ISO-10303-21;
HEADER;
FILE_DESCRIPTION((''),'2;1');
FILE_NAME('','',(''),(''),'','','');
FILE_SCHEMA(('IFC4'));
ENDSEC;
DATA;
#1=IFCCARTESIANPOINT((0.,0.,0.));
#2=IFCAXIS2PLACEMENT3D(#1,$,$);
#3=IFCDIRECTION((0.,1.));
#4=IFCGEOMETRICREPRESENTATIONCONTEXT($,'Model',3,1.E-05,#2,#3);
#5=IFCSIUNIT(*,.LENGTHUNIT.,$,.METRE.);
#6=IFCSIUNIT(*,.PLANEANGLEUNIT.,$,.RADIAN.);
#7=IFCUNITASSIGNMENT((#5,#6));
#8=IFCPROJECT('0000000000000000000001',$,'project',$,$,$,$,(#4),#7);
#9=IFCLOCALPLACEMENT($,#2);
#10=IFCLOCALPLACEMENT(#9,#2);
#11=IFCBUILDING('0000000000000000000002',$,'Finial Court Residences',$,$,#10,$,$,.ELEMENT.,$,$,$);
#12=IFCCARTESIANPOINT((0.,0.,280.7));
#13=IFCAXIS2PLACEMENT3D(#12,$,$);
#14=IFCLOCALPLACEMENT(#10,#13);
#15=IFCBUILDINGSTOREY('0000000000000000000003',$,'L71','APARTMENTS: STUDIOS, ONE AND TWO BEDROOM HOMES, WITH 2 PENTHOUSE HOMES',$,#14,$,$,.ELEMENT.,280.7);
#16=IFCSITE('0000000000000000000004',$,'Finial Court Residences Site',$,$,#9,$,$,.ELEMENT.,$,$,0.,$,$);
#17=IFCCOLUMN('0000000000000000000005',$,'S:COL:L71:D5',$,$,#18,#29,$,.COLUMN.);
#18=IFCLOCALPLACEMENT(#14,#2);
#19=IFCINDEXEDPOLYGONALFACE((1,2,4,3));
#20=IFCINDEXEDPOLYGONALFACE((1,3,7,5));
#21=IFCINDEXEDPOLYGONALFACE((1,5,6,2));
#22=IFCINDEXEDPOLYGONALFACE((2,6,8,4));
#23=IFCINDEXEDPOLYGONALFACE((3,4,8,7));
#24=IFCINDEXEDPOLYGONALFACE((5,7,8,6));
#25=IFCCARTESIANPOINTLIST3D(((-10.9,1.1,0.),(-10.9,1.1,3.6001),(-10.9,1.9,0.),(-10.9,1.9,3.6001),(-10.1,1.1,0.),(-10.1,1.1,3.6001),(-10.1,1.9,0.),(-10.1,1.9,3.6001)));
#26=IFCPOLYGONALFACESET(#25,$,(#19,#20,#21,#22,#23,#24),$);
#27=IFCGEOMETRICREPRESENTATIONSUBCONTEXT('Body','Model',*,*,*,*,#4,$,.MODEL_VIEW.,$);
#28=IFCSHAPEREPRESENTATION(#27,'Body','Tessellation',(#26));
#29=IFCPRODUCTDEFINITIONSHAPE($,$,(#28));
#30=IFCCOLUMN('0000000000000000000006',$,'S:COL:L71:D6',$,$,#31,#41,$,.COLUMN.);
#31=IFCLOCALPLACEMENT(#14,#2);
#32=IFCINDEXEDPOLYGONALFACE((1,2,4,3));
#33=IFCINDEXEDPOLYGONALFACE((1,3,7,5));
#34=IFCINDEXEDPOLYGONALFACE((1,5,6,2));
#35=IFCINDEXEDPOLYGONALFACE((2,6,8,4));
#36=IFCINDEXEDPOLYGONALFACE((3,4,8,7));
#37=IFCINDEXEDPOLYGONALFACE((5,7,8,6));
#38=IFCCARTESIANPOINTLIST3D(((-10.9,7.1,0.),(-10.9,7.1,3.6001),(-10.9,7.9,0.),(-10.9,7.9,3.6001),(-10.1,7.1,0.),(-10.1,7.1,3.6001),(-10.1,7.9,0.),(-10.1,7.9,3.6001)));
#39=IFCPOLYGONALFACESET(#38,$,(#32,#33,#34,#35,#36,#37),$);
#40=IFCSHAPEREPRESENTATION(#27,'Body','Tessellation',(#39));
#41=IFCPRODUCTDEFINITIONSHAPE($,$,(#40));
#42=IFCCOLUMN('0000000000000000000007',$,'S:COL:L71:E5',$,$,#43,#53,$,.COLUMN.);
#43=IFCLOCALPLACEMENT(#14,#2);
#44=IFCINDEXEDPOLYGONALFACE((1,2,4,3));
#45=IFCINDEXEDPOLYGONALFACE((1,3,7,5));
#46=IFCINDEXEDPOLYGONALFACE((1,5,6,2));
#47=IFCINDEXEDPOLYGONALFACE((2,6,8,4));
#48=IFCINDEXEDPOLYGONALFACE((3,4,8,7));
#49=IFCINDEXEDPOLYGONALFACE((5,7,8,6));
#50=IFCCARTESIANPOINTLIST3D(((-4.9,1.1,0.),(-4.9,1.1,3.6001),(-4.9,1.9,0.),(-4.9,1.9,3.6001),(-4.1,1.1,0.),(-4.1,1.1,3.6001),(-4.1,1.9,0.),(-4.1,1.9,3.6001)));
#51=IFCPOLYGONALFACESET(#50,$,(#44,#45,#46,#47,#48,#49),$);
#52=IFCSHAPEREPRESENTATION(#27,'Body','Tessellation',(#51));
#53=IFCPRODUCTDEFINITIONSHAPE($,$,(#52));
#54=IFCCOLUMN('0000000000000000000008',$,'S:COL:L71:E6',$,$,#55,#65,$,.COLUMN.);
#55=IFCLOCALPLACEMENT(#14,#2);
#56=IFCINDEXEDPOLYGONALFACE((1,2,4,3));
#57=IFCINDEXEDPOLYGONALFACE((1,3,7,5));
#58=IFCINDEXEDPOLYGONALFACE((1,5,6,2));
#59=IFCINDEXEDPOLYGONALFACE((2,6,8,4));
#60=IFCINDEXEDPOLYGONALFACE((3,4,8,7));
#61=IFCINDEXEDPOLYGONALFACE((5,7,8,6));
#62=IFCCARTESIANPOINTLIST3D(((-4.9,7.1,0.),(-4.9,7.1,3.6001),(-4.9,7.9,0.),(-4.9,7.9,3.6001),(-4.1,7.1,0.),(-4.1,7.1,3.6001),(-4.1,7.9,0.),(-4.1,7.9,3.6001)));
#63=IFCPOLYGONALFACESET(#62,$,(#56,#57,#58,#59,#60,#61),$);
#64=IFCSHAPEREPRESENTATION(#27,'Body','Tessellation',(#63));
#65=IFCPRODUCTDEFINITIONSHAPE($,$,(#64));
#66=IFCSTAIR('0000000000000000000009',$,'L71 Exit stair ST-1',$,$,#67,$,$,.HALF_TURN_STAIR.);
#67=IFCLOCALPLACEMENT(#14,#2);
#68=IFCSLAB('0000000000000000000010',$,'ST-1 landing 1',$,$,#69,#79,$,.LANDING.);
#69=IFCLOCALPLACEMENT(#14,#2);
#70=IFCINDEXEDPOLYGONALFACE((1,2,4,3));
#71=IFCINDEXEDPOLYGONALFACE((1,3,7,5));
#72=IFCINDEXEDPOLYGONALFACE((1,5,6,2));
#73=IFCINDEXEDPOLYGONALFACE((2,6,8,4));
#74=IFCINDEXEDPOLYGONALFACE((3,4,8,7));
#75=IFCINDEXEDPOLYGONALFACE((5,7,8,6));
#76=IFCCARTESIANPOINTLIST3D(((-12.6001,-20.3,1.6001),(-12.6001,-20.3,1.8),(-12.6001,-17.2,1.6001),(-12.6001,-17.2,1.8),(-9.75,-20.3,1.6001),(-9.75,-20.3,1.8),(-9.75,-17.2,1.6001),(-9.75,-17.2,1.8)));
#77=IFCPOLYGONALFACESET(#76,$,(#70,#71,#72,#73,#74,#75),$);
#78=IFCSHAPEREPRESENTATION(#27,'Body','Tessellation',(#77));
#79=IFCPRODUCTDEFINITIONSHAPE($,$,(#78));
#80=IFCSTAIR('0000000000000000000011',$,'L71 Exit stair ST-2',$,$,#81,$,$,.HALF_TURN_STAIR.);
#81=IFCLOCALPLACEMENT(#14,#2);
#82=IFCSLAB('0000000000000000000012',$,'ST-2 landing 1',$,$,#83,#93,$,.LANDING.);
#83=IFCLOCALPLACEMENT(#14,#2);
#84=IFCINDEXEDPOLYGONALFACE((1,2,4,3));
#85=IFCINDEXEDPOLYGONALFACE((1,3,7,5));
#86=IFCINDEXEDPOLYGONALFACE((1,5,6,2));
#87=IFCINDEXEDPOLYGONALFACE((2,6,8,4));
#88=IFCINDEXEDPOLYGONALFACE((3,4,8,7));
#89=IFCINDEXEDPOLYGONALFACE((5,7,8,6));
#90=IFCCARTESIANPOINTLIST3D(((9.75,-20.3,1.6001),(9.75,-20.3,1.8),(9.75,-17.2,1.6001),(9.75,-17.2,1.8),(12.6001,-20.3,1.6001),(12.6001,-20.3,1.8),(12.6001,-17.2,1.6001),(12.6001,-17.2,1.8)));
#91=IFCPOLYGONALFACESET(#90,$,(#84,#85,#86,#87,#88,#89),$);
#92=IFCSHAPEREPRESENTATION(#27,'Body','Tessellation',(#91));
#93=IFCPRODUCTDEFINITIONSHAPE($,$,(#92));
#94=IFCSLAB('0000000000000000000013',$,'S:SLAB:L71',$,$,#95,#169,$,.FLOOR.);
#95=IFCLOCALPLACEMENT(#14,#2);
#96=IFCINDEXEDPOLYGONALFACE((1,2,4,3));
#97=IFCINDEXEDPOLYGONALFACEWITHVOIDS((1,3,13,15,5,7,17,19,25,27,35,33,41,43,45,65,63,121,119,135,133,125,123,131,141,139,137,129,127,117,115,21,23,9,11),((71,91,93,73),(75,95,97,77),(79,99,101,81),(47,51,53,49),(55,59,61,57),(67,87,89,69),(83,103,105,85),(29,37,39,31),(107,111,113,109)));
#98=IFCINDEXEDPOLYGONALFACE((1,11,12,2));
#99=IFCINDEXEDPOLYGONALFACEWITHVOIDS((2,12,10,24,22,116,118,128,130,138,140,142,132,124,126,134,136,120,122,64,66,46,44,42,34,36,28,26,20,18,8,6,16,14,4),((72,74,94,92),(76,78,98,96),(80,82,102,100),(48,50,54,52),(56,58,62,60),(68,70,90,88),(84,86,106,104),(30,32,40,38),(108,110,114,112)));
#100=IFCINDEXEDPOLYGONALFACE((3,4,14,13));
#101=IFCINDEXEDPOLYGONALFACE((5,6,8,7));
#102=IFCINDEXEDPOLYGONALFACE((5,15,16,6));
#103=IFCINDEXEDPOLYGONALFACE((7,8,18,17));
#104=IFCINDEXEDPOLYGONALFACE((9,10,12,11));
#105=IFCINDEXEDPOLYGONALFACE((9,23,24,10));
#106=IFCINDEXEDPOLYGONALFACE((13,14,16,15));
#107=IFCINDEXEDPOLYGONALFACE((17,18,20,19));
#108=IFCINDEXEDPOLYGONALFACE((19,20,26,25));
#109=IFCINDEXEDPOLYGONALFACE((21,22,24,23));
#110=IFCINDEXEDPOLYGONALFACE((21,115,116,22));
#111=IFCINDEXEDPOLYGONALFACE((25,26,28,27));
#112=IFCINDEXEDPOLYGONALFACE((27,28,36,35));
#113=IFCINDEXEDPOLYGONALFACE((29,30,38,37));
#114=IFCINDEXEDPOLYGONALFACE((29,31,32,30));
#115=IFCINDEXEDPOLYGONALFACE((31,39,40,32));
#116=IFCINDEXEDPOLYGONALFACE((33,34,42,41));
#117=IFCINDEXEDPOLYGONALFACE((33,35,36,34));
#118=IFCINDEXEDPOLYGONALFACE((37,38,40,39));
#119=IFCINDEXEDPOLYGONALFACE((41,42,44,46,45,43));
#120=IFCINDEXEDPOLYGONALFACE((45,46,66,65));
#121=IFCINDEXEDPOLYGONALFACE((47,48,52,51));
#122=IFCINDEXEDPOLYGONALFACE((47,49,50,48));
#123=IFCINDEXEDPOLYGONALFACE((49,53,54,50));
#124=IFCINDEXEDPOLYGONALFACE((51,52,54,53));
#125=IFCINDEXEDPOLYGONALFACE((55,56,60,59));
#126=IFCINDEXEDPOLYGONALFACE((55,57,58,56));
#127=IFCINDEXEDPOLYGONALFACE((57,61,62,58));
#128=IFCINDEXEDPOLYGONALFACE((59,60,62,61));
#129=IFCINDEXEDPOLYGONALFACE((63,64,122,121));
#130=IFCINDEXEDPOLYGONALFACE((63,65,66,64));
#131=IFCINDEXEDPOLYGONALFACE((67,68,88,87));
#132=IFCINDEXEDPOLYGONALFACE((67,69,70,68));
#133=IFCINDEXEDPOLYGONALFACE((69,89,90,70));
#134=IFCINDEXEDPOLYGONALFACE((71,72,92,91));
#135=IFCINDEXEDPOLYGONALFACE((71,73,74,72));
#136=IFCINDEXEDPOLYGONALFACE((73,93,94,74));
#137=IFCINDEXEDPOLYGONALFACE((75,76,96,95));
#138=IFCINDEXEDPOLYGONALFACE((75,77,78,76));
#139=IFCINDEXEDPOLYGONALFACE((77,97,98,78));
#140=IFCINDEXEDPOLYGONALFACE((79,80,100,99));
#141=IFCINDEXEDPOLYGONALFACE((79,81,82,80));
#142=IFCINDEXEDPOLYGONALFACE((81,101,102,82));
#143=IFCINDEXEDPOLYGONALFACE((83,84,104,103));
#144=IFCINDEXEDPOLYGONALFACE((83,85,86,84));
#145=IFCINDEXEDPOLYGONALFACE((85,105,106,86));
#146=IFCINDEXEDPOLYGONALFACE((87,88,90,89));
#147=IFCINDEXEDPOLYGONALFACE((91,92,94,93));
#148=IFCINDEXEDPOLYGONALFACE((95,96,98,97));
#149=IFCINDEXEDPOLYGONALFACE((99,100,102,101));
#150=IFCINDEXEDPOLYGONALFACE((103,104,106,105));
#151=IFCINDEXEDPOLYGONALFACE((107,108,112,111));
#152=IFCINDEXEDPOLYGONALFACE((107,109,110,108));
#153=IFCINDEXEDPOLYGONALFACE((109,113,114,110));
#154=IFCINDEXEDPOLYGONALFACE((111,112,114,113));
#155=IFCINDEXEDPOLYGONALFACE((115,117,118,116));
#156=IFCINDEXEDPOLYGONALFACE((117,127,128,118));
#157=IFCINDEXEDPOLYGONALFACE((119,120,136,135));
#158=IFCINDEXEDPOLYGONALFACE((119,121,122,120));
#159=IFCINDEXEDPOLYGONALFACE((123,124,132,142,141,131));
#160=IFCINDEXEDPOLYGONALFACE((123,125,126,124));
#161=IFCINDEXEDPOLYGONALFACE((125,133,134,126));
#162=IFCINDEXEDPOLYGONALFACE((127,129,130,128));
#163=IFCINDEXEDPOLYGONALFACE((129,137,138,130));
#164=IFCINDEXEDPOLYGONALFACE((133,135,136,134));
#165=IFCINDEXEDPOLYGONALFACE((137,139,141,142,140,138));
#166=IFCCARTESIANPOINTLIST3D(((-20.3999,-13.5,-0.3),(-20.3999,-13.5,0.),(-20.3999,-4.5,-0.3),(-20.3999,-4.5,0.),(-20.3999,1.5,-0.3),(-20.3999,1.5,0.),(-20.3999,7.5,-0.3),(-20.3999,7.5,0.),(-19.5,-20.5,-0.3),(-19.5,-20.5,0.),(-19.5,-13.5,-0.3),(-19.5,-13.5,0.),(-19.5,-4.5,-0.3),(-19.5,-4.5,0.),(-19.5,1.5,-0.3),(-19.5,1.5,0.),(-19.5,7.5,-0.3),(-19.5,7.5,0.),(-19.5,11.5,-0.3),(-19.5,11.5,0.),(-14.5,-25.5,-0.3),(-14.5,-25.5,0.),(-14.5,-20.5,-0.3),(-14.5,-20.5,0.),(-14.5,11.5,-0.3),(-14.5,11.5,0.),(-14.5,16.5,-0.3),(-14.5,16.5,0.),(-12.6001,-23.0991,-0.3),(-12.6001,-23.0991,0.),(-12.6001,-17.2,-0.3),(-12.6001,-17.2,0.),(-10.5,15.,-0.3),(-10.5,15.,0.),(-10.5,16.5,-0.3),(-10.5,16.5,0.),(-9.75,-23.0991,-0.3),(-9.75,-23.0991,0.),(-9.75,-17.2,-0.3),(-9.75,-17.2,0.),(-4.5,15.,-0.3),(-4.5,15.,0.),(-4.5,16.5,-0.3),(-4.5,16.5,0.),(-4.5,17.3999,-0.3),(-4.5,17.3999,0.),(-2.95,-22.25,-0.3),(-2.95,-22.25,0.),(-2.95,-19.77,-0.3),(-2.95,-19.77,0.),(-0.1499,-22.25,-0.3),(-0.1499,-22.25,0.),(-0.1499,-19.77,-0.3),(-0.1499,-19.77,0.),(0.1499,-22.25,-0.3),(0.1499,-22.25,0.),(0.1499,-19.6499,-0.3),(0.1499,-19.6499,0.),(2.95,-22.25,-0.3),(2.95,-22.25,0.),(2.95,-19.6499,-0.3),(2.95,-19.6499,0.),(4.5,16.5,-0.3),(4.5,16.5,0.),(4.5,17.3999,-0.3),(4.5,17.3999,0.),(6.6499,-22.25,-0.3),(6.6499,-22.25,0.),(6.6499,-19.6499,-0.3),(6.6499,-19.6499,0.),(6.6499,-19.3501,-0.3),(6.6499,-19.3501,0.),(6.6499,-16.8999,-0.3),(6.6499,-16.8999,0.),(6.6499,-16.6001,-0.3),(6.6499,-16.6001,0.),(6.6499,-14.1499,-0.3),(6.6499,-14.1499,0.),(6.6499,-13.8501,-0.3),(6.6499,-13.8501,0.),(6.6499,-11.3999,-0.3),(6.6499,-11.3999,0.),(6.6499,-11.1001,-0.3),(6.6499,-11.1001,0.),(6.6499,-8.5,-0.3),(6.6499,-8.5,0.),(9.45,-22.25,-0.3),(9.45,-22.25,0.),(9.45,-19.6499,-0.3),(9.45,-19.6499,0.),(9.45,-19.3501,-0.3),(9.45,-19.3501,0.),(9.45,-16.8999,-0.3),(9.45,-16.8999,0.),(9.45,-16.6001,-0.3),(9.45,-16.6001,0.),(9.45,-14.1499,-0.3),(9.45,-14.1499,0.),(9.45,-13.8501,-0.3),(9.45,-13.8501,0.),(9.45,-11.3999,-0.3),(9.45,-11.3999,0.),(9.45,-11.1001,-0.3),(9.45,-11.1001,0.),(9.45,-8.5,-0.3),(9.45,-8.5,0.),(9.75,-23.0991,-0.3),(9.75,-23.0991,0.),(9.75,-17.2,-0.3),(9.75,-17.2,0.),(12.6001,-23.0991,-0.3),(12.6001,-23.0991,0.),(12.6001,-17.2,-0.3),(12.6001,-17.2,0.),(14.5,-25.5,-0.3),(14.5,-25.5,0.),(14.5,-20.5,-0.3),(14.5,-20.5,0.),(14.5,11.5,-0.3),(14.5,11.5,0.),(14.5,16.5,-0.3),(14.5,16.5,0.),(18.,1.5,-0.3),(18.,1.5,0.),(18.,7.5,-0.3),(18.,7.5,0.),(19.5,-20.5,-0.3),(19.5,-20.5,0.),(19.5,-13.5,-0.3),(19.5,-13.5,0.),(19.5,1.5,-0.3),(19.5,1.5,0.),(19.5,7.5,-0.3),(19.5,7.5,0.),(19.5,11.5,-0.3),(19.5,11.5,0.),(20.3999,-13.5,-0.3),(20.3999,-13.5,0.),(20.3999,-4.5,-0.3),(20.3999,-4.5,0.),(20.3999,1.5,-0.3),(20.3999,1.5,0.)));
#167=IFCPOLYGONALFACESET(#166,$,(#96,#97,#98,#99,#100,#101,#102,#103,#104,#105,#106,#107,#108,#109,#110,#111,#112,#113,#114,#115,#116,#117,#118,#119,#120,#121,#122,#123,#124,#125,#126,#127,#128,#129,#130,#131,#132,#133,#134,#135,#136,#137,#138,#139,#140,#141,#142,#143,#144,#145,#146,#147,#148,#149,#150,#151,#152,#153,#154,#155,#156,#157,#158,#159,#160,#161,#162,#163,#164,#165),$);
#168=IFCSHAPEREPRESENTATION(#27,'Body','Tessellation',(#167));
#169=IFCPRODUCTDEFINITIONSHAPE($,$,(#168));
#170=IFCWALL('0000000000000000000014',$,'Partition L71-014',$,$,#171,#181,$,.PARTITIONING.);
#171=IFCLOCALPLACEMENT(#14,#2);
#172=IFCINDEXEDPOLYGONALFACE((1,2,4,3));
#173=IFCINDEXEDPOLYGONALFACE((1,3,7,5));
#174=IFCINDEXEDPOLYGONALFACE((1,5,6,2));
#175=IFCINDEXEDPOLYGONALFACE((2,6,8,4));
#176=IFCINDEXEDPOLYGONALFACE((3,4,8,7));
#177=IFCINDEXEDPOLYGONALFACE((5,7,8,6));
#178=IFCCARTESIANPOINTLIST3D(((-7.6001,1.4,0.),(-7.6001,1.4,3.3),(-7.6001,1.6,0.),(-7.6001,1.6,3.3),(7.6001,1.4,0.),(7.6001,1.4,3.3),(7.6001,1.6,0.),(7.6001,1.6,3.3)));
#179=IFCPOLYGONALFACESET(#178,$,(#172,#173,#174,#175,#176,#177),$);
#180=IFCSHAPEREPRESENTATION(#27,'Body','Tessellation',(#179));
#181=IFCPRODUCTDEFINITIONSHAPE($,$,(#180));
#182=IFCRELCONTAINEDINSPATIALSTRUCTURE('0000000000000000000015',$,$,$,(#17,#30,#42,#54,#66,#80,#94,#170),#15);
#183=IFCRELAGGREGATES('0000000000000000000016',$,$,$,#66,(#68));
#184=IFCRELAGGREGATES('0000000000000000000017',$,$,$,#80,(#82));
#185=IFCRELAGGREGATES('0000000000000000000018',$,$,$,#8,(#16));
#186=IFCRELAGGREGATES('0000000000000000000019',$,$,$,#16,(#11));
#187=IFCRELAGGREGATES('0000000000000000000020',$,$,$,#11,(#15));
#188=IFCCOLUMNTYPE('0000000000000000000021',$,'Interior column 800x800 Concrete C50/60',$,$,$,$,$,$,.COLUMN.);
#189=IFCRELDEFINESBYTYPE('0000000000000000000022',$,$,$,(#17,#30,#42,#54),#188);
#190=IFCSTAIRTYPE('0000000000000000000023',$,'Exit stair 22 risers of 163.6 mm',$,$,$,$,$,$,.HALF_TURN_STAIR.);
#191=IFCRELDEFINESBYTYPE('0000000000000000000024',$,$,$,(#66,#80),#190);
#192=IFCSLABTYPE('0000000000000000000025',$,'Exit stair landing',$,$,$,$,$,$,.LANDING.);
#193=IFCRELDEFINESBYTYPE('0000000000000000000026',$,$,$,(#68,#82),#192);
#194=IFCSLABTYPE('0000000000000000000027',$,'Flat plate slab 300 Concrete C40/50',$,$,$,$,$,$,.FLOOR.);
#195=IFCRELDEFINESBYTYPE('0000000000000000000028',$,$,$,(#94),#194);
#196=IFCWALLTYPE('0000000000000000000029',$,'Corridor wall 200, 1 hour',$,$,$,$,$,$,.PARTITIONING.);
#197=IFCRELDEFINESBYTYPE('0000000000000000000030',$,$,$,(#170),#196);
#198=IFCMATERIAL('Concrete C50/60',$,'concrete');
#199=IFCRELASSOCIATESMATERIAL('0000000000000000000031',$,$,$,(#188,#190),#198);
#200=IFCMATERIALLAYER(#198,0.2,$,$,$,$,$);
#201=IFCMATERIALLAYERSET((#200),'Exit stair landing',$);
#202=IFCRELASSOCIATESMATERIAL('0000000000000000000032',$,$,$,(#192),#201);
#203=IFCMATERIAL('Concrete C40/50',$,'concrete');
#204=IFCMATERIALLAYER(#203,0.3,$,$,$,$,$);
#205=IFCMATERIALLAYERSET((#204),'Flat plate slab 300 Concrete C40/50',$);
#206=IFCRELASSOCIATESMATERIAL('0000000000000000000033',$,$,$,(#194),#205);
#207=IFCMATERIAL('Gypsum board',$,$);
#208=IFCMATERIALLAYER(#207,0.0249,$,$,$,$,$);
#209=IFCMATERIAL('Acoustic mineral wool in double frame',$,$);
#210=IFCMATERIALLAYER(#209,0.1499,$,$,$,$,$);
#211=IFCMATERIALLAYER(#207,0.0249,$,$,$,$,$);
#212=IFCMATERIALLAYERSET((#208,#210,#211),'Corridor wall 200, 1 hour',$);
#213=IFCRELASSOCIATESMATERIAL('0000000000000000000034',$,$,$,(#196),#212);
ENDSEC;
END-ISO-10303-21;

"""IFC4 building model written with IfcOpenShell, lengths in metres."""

from ifc_helpers import new_model, si_unit, direction, frame, frame_2d, origin, origin_2d, place, context, subcontext, project, spatial, polyline, rectangle, outline, extrude, material, layer, layer_set, material_profile, profile_set, type_object, element, aggregate, save


model = new_model("IFC4")

# Units and contexts
model_context = context("Model", 3, precision=1e-05, world=origin(), true_north=direction((0.0, 1.0)))
body_context = subcontext(model_context, "Body", "Model", "MODEL_VIEW")
ifc_project = project(units=[si_unit("LENGTHUNIT", "METRE"), si_unit("PLANEANGLEUNIT", "RADIAN")], contexts=[model_context])

# Site, building, storey
site_placement = place(None, origin())
site = spatial("IfcSite", under=ifc_project, at=site_placement, Name="Finial Court Residences Site", CompositionType="ELEMENT", RefElevation=0.0)
building_placement = place(site_placement, origin())
building = spatial("IfcBuilding", under=site, at=building_placement, Name="Finial Court Residences", CompositionType="ELEMENT")
storey_placement = place(building_placement, frame((0.0, 0.0, 280.7)))
storey = spatial("IfcBuildingStorey", under=building, at=storey_placement, Name="L71", Description="APARTMENTS: STUDIOS, ONE AND TWO BEDROOM HOMES, WITH 2 PENTHOUSE HOMES", CompositionType="ELEMENT", Elevation=280.7)

# Columns
ifc_material_1 = material(Name="Concrete C50/60", Category="concrete")
ifc_material_profile = material_profile(ifc_material_1, rectangle(XDim=0.8, YDim=0.8, at=origin_2d()), Name="800x800")
ifc_profile_set = profile_set([ifc_material_profile], Name="Concrete C50/60")
column_type = type_object("IfcColumnType", Name="Interior column 800x800 Concrete C50/60", PredefinedType="COLUMN", material=ifc_profile_set)
for number, where, z_axis, x_axis, name in (
    (1, (-10.5, 1.5, 0.0), (0.0, 0.0, 1.0), (1.0, 0.0, 0.0), "S:COL:L71:D5"),
    (2, (-10.5, 7.5, 0.0), (0.0, 0.0, 1.0), (1.0, 0.0, 0.0), "S:COL:L71:D6"),
    (3, (-4.5, 1.5, 0.0), (0.0, 0.0, 1.0), (1.0, 0.0, 0.0), "S:COL:L71:E5"),
    (4, (-4.5, 7.5, 0.0), (0.0, 0.0, 1.0), (1.0, 0.0, 0.0), "S:COL:L71:E6"),
):
    element("IfcColumn", number, at=place(storey_placement, frame(where, z_axis=z_axis, x_axis=x_axis)), inside=storey, type_object=column_type, Name=name, PredefinedType="COLUMN", context=body_context, shape_type="SweptSolid", body=[
        extrude(rectangle(XDim=0.8, YDim=0.8, at=origin_2d()), origin(), (0.0, 0.0, 1.0), 3.6001),
    ])

# Stairs, slabs
stair_type = type_object("IfcStairType", Name="Exit stair 22 risers of 163.6 mm", PredefinedType="HALF_TURN_STAIR", material=ifc_material_1)
stair_1_placement = place(storey_placement, origin())
stair_1 = element("IfcStair", 5, at=stair_1_placement, inside=storey, type_object=stair_type, Name="L71 Exit stair ST-1", PredefinedType="HALF_TURN_STAIR")
ifc_layer_1 = layer(ifc_material_1, 0.2)
ifc_layer_set_1 = layer_set([ifc_layer_1], Name="Exit stair landing")
slab_type_1 = type_object("IfcSlabType", Name="Exit stair landing", PredefinedType="LANDING", material=ifc_layer_set_1)
slab_1_placement = place(storey_placement, frame((0.0, 0.0, 1.6001)))
slab_1 = element("IfcSlab", 6, at=slab_1_placement, type_object=slab_type_1, Name="ST-1 landing 1", PredefinedType="LANDING", context=body_context, shape_type="SweptSolid", body=[
    extrude(outline(polyline([(-9.75, -20.3), (-9.75, -17.2), (-12.6001, -17.2), (-12.6001, -20.3), (-9.75, -20.3)])), origin(), (0.0, 0.0, 1.0), 0.2),
])
aggregate(stair_1, [slab_1])
stair_2_placement = place(storey_placement, origin())
stair_2 = element("IfcStair", 7, at=stair_2_placement, inside=storey, type_object=stair_type, Name="L71 Exit stair ST-2", PredefinedType="HALF_TURN_STAIR")
slab_2_placement = place(storey_placement, frame((0.0, 0.0, 1.6001)))
slab_2 = element("IfcSlab", 8, at=slab_2_placement, type_object=slab_type_1, Name="ST-2 landing 1", PredefinedType="LANDING", context=body_context, shape_type="SweptSolid", body=[
    extrude(outline(polyline([(12.6001, -20.3), (12.6001, -17.2), (9.75, -17.2), (9.75, -20.3), (12.6001, -20.3)])), origin(), (0.0, 0.0, 1.0), 0.2),
])
aggregate(stair_2, [slab_2])

# Slab
ifc_material_2 = material(Name="Concrete C40/50", Category="concrete")
ifc_layer_2 = layer(ifc_material_2, 0.3)
ifc_layer_set_2 = layer_set([ifc_layer_2], Name="Flat plate slab 300 Concrete C40/50")
slab_type_2 = type_object("IfcSlabType", Name="Flat plate slab 300 Concrete C40/50", PredefinedType="FLOOR", material=ifc_layer_set_2)
slab_3_placement = place(storey_placement, frame((0.0, 0.0, -0.3)))
element("IfcSlab", 9, at=slab_3_placement, inside=storey, type_object=slab_type_2, Name="S:SLAB:L71", PredefinedType="FLOOR", context=body_context, shape_type="SweptSolid", body=[
    extrude(outline(polyline([(-20.3999, -13.5), (-20.3999, -4.5), (-19.5, -4.5), (-19.5, 1.5), (-20.3999, 1.5), (-20.3999, 7.5), (-19.5, 7.5), (-19.5, 11.5), (-14.5, 11.5), (-14.5, 16.5), (-10.5, 16.5), (-10.5, 15.0), (-4.5, 15.0), (-4.5, 16.5), (-4.5, 17.3999), (4.5, 17.3999), (4.5, 16.5), (14.5, 16.5), (14.5, 11.5), (19.5, 11.5), (19.5, 7.5), (18.0, 7.5), (18.0, 1.5), (19.5, 1.5), (20.3999, 1.5), (20.3999, -4.5), (20.3999, -13.5), (19.5, -13.5), (19.5, -20.5), (14.5, -20.5), (14.5, -25.5), (-14.5, -25.5), (-14.5, -20.5), (-19.5, -20.5), (-19.5, -13.5), (-20.3999, -13.5)]), holes=[polyline([(-0.1499, -19.77), (-2.95, -19.77), (-2.95, -22.25), (-0.1499, -22.25), (-0.1499, -19.77)]), polyline([(2.95, -19.6499), (0.1499, -19.6499), (0.1499, -22.25), (2.95, -22.25), (2.95, -19.6499)]), polyline([(9.45, -19.6499), (6.6499, -19.6499), (6.6499, -22.25), (9.45, -22.25), (9.45, -19.6499)]), polyline([(-12.6001, -17.2), (-12.6001, -23.0991), (-9.75, -23.0991), (-9.75, -17.2), (-12.6001, -17.2)]), polyline([(9.75, -17.2), (9.75, -23.0991), (12.6001, -23.0991), (12.6001, -17.2), (9.75, -17.2)]), polyline([(9.45, -16.8999), (6.6499, -16.8999), (6.6499, -19.3501), (9.45, -19.3501), (9.45, -16.8999)]), polyline([(9.45, -14.1499), (6.6499, -14.1499), (6.6499, -16.6001), (9.45, -16.6001), (9.45, -14.1499)]), polyline([(9.45, -13.8501), (9.45, -11.3999), (6.6499, -11.3999), (6.6499, -13.8501), (9.45, -13.8501)]), polyline([(9.45, -11.1001), (9.45, -8.5), (6.6499, -8.5), (6.6499, -11.1001), (9.45, -11.1001)])]), origin(), (0.0, 0.0, 1.0), 0.3),
])

# Wall
ifc_material_3 = material(Name="Gypsum board")
ifc_layer_3 = layer(ifc_material_3, 0.0249)
ifc_material_4 = material(Name="Acoustic mineral wool in double frame")
ifc_layer_4 = layer(ifc_material_4, 0.1499)
ifc_layer_5 = layer(ifc_material_3, 0.0249)
ifc_layer_set_3 = layer_set([ifc_layer_3, ifc_layer_4, ifc_layer_5], Name="Corridor wall 200, 1 hour")
wall_type_1 = type_object("IfcWallType", Name="Corridor wall 200, 1 hour", PredefinedType="PARTITIONING", material=ifc_layer_set_3)
wall_1_placement = place(storey_placement, frame((-7.6001, 1.5, 0.0), z_axis=(0.0, 0.0, 1.0), x_axis=(1.0, 0.0, 0.0)))
element("IfcWall", 10, at=wall_1_placement, inside=storey, type_object=wall_type_1, Name="Partition L71-014", PredefinedType="PARTITIONING", context=body_context, shape_type="SweptSolid", body=[
    extrude(rectangle(XDim=15.2002, YDim=0.2, at=frame_2d((7.6001, 0.0))), origin(), (0.0, 0.0, 1.0), 3.3),
])

save(model, "model.ifc")
